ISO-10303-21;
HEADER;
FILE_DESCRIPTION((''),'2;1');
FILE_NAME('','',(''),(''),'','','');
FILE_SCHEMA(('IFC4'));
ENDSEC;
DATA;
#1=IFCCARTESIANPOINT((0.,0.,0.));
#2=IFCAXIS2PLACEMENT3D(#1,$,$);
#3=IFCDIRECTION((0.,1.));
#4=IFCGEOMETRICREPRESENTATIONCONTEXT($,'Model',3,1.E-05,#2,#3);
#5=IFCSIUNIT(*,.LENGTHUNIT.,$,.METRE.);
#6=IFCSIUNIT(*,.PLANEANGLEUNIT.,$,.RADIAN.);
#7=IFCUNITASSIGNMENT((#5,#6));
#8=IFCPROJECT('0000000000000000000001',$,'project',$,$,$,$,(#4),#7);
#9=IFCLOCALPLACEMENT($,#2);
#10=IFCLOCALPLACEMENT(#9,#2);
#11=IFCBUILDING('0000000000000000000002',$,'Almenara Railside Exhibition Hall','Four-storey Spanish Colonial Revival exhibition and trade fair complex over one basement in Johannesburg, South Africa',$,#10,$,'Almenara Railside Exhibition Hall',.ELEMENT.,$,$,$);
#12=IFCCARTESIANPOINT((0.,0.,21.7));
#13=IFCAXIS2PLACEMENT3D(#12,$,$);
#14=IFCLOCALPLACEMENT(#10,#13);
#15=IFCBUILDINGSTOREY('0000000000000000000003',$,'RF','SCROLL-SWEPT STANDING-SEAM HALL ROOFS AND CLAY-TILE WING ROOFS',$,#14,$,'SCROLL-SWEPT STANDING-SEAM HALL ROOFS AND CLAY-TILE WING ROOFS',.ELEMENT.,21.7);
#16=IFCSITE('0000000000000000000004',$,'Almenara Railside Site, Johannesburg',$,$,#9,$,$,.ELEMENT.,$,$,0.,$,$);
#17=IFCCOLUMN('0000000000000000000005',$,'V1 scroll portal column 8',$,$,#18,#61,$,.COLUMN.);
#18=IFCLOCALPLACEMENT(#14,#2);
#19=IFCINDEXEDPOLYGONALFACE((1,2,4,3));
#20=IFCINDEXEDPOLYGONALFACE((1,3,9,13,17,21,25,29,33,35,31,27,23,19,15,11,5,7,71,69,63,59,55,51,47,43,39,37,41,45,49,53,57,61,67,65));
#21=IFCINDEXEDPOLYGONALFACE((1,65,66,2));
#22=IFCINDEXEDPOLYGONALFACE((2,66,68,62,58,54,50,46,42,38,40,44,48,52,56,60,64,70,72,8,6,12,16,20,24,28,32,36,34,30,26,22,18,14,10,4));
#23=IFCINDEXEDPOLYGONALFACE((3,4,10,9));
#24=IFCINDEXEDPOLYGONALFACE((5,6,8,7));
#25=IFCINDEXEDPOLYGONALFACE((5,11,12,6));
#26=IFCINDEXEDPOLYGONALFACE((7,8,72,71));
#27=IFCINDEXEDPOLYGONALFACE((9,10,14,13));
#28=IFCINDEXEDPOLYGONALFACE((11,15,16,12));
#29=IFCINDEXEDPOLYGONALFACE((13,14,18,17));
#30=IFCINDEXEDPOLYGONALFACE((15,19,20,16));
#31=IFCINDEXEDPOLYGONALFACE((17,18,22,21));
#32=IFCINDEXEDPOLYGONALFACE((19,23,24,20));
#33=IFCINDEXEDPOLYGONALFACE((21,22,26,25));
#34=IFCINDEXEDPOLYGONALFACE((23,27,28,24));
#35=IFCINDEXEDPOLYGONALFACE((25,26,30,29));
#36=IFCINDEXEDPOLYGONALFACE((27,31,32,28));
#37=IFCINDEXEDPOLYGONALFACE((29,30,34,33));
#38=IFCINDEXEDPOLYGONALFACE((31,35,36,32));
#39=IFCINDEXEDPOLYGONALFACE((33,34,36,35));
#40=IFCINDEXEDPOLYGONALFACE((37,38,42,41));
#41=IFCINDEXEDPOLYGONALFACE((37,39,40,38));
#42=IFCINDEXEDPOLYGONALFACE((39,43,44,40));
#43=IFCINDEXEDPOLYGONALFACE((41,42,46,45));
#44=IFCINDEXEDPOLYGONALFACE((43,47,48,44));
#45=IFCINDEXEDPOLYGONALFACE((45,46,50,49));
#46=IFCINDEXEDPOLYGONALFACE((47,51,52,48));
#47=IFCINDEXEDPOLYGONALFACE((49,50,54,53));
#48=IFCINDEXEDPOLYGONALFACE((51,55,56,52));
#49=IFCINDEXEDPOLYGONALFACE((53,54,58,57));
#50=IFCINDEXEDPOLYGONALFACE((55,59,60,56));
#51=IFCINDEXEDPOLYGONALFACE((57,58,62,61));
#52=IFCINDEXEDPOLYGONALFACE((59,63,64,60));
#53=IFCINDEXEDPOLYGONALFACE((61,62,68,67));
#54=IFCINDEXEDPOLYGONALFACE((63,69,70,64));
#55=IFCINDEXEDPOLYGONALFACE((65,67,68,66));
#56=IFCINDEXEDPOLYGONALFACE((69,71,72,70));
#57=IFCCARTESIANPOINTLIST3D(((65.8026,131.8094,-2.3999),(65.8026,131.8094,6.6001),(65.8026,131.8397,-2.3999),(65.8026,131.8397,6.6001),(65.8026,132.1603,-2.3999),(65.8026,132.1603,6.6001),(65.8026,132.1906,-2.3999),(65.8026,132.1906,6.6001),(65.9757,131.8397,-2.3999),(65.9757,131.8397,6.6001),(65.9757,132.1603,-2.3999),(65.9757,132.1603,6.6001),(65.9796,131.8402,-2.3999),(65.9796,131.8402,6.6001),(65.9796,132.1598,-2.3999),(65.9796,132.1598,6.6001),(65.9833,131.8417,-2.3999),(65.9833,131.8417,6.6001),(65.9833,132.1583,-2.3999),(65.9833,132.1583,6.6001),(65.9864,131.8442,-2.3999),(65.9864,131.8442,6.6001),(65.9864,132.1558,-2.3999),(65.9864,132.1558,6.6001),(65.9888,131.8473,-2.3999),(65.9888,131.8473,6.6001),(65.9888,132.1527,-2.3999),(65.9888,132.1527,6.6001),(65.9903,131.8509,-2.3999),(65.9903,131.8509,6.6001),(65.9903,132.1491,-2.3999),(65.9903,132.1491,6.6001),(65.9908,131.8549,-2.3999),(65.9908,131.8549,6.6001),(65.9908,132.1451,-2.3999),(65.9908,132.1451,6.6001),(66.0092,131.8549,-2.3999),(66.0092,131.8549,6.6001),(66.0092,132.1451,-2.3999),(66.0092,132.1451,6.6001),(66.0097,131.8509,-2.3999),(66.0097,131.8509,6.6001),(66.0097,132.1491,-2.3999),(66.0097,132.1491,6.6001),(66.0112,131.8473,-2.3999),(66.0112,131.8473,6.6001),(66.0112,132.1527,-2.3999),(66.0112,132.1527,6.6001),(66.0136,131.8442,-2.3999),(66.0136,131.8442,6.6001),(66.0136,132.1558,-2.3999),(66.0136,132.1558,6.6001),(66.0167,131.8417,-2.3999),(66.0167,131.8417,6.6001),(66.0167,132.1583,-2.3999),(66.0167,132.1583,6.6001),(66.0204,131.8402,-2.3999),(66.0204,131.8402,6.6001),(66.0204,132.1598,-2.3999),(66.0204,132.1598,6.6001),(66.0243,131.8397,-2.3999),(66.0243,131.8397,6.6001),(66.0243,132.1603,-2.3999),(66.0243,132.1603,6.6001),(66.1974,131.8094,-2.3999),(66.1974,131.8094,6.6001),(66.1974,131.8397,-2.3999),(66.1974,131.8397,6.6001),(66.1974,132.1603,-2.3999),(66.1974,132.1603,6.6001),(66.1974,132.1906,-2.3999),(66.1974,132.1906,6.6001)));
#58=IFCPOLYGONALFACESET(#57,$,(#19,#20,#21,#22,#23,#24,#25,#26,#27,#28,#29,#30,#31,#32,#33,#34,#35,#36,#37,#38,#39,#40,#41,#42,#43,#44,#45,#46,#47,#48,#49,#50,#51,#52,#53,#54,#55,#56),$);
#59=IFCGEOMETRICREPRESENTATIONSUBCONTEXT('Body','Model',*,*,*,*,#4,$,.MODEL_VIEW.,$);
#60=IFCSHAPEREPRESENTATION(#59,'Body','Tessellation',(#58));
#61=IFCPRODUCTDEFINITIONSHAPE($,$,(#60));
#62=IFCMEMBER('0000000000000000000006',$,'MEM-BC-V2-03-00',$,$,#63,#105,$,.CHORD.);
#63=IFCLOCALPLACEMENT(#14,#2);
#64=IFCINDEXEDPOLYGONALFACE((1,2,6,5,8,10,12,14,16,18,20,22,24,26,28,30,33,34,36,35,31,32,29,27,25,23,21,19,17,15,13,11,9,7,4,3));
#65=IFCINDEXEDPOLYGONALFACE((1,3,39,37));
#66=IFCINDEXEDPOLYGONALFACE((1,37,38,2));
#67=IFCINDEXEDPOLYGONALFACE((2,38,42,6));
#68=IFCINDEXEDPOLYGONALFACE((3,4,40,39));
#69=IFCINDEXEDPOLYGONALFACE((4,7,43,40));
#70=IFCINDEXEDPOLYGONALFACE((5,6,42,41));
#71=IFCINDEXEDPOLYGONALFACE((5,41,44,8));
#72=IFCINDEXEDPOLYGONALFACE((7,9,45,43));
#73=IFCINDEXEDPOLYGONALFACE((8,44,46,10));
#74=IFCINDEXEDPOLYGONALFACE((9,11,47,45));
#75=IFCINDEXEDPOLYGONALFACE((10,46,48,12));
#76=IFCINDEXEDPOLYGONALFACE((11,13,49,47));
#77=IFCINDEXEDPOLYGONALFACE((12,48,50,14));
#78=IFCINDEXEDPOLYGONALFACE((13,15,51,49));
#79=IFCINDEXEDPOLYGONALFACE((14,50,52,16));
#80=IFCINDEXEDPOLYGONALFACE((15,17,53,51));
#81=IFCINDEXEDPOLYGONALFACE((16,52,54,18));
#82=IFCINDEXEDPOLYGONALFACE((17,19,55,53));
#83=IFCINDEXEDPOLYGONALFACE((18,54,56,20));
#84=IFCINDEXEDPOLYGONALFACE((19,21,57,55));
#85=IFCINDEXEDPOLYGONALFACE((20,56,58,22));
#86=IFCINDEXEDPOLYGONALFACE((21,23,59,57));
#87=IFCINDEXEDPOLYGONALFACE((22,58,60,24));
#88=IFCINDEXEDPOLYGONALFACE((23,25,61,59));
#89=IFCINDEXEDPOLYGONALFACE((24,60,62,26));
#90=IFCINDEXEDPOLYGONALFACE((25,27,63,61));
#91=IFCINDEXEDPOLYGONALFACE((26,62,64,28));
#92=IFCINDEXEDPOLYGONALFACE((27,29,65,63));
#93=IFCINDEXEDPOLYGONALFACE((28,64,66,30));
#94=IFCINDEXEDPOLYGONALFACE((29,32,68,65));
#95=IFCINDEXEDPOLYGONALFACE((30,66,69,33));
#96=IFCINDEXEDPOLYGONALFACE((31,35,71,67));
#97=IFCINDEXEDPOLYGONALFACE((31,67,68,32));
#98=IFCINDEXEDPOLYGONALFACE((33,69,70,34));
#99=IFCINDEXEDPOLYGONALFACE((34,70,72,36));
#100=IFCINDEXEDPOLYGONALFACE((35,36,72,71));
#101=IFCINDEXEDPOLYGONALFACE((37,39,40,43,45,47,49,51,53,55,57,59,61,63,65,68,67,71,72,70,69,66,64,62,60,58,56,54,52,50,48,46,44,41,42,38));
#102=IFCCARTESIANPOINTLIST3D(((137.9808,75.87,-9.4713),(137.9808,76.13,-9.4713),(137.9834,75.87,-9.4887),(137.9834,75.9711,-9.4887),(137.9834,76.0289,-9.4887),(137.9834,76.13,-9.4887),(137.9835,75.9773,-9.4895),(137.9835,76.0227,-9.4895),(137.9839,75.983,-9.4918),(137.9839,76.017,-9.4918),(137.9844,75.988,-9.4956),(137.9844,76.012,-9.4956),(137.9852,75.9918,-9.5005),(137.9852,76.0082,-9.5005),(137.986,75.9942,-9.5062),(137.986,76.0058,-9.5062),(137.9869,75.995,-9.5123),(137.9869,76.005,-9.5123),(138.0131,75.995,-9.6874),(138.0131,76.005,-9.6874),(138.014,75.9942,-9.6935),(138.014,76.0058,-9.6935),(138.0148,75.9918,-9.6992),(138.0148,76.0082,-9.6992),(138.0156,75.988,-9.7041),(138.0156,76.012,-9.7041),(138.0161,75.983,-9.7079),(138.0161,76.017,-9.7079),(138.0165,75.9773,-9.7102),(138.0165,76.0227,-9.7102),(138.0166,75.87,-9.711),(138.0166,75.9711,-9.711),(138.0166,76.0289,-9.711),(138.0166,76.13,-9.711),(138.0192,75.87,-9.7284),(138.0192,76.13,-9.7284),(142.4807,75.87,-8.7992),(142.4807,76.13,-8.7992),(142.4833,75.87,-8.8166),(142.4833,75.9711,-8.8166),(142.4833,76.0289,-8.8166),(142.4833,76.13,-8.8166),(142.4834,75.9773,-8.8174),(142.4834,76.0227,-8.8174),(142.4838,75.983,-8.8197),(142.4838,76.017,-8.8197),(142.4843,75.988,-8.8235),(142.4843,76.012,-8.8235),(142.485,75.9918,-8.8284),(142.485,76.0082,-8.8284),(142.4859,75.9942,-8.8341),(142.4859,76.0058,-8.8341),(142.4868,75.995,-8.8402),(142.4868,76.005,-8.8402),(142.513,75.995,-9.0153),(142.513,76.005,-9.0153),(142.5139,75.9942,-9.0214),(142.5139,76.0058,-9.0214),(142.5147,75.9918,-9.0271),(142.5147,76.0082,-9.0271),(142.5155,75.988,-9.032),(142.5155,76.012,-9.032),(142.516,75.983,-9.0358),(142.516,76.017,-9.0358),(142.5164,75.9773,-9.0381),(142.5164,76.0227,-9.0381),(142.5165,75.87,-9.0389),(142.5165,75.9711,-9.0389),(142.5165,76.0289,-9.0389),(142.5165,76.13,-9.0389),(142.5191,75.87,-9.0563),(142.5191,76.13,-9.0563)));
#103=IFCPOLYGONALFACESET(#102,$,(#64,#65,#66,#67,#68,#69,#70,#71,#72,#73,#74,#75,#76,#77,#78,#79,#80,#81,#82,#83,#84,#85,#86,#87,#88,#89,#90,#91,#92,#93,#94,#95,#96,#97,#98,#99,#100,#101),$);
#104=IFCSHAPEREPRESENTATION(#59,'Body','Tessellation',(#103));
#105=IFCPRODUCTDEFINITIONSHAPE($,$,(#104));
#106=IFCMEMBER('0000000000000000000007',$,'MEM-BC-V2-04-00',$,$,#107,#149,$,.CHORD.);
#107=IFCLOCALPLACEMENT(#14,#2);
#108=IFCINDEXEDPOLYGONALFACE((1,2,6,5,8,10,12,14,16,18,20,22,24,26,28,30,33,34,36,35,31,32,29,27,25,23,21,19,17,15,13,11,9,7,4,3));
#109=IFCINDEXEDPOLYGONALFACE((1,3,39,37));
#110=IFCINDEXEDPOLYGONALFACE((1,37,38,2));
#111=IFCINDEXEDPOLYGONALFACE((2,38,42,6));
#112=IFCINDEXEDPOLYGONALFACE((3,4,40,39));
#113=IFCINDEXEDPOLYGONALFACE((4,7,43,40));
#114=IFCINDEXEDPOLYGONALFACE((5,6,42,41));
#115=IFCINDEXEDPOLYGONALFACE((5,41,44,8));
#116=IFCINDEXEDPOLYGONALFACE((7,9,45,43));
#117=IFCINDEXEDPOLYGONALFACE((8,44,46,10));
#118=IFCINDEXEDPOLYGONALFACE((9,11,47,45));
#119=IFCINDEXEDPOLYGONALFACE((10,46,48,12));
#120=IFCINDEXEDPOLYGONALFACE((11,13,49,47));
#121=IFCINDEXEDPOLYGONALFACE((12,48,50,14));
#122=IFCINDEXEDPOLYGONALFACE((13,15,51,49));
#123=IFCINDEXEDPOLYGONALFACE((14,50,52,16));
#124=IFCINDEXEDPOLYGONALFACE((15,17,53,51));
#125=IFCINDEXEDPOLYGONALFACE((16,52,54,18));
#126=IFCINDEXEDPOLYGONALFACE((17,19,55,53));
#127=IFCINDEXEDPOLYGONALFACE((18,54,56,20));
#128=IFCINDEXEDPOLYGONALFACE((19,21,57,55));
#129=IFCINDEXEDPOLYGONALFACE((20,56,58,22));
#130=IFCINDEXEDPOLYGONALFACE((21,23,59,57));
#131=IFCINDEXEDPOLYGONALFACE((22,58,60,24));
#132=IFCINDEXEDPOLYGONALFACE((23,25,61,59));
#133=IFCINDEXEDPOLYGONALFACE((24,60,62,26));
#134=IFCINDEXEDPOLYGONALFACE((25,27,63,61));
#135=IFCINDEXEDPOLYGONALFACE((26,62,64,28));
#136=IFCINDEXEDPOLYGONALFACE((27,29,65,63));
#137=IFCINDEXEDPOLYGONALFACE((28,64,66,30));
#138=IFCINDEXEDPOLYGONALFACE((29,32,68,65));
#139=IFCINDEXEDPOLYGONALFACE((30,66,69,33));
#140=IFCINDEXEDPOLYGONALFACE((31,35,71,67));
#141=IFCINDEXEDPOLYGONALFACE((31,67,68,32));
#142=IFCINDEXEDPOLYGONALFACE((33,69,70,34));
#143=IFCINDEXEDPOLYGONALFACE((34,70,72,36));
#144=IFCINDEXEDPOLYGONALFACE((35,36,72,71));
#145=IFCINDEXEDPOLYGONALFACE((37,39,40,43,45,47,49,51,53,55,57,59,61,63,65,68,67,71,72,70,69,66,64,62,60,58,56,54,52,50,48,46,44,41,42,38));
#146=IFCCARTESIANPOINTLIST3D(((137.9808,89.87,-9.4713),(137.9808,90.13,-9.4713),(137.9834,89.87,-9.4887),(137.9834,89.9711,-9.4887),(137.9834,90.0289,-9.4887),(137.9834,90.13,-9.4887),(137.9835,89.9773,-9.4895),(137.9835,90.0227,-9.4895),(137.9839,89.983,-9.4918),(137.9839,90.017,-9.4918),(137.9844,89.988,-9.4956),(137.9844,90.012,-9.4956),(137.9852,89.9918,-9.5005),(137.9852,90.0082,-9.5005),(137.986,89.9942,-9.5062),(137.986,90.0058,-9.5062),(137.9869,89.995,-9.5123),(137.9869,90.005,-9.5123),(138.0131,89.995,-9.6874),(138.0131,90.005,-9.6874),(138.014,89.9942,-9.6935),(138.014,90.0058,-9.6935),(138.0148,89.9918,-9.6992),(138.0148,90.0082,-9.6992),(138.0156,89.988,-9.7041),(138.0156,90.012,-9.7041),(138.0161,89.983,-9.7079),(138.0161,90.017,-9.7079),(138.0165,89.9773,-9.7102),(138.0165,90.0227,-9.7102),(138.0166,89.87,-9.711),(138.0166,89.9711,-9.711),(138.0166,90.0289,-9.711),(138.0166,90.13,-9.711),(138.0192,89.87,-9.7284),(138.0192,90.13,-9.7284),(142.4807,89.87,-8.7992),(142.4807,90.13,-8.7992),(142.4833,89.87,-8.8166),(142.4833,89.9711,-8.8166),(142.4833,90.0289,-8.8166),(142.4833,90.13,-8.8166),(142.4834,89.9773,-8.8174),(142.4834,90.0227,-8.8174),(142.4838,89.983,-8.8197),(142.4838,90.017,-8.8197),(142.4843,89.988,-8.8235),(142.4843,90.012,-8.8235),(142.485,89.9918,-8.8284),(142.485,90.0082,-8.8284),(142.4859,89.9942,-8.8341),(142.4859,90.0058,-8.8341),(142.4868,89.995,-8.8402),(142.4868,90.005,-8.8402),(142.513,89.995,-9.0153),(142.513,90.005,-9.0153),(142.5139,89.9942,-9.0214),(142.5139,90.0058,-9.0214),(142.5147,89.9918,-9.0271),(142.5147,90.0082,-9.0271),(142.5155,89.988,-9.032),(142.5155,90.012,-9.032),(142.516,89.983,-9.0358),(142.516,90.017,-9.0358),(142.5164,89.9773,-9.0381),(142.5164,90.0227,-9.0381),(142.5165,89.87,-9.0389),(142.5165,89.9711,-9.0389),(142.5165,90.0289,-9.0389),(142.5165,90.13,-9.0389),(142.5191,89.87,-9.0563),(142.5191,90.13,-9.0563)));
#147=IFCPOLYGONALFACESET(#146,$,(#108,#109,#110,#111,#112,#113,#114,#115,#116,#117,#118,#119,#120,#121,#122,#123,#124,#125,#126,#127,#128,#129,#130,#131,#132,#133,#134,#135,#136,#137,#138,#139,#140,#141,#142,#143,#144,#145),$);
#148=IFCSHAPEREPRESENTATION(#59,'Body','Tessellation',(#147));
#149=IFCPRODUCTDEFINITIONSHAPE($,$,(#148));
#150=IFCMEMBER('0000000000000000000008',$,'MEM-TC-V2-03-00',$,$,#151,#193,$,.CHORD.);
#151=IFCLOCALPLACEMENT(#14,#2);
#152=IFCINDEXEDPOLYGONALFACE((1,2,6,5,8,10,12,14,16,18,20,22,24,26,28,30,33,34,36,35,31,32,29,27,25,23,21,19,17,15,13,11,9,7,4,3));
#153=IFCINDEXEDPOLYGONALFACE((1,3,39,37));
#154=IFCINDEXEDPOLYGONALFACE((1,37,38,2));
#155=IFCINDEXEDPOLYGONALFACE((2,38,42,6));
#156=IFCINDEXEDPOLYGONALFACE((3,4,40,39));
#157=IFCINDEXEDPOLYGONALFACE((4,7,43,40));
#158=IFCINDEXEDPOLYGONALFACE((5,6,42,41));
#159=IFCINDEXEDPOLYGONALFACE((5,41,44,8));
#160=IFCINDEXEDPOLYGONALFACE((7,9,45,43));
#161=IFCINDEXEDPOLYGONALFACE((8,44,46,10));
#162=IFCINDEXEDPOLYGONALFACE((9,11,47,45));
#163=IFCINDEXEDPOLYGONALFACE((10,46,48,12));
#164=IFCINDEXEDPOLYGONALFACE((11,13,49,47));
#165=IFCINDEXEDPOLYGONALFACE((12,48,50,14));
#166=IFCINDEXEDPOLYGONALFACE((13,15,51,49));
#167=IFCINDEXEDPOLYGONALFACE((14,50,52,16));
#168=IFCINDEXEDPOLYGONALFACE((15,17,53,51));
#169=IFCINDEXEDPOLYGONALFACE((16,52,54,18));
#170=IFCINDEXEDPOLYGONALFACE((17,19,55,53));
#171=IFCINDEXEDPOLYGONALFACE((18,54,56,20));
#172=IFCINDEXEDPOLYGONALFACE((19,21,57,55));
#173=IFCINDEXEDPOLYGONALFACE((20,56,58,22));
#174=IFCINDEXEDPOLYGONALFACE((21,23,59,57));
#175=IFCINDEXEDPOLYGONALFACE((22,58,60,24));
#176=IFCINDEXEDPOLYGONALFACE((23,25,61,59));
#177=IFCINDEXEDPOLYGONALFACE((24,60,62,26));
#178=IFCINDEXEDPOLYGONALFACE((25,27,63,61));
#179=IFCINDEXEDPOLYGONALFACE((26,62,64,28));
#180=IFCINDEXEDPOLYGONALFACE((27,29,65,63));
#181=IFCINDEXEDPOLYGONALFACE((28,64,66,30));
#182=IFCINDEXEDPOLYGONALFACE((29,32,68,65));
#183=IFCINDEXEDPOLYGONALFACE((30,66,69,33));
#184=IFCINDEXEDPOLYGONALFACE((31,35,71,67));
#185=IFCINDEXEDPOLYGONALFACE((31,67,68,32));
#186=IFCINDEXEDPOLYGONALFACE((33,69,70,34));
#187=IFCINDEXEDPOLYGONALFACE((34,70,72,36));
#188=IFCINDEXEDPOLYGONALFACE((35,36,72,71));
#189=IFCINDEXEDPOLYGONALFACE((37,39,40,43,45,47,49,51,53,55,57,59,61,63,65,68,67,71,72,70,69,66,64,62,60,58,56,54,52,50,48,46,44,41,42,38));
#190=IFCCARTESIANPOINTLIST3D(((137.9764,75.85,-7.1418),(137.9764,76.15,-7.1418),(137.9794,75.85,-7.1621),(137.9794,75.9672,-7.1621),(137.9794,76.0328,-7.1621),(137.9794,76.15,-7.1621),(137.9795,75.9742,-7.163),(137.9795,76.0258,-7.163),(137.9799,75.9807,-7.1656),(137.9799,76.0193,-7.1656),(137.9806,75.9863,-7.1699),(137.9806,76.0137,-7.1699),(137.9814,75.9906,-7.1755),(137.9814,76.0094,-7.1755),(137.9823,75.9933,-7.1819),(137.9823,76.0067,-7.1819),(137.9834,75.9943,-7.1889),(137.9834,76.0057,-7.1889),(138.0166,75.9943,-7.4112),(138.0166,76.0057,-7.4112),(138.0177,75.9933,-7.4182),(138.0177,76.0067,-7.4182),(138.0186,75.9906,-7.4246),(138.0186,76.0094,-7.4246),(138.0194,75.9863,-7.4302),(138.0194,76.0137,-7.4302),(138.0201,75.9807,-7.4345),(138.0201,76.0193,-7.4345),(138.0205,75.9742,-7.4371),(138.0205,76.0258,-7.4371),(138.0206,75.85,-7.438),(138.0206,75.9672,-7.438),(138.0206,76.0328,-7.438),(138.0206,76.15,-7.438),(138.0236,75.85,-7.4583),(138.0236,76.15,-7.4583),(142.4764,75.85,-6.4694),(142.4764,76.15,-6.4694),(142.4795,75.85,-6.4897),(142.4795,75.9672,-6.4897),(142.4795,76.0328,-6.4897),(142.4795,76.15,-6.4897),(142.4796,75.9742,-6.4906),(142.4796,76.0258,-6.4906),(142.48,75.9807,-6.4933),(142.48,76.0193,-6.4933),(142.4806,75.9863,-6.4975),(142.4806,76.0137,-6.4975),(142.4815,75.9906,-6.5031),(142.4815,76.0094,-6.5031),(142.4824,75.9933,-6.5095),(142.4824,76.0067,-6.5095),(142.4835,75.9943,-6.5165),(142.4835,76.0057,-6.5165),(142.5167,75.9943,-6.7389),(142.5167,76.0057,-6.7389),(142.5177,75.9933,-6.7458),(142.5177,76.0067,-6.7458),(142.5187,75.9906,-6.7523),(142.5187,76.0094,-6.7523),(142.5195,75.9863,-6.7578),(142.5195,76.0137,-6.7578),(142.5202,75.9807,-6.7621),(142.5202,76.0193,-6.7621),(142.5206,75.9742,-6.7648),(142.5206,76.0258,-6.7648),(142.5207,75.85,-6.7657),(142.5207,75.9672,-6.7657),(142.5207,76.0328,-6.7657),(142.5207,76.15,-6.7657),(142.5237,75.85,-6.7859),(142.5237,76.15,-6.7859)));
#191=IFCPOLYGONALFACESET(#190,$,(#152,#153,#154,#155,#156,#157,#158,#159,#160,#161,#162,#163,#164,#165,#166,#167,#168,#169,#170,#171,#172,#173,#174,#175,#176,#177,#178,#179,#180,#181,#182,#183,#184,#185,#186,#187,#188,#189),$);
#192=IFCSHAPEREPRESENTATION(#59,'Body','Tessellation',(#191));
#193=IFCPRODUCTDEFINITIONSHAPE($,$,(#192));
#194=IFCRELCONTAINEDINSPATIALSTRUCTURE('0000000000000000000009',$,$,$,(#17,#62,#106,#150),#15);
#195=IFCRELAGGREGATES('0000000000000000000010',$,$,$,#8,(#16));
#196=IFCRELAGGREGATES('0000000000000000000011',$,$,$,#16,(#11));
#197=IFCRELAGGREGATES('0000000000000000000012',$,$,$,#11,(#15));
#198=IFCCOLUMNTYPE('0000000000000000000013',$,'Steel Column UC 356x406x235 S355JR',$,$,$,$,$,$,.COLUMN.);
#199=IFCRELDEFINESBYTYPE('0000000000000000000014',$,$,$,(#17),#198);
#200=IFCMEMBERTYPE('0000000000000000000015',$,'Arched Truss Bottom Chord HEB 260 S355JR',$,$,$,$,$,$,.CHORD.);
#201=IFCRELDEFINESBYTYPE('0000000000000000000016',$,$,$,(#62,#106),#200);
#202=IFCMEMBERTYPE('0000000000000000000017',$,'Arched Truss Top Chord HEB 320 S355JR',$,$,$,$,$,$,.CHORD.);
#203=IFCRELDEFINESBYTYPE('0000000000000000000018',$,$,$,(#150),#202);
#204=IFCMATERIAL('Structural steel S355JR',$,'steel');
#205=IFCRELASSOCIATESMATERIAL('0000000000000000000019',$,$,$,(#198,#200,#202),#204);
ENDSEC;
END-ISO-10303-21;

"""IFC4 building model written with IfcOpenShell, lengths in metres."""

from ifc_helpers import new_model, si_unit, direction, frame, origin, origin_2d, place, context, subcontext, project, spatial, i_section, extrude, material, material_profile, profile_set, type_object, element, save


model = new_model("IFC4")

# Units and contexts
model_context = context("Model", 3, precision=1e-05, world=origin(), true_north=direction((0.0, 1.0)))
body_context = subcontext(model_context, "Body", "Model", "MODEL_VIEW")
ifc_project = project(units=[si_unit("LENGTHUNIT", "METRE"), si_unit("PLANEANGLEUNIT", "RADIAN")], contexts=[model_context])

# Site, building, storey
site_placement = place(None, origin())
site = spatial("IfcSite", under=ifc_project, at=site_placement, Name="Almenara Railside Site, Johannesburg", CompositionType="ELEMENT", RefElevation=0.0)
building_placement = place(site_placement, origin())
building = spatial("IfcBuilding", under=site, at=building_placement, Name="Almenara Railside Exhibition Hall", Description="Four-storey Spanish Colonial Revival exhibition and trade fair complex over one basement in Johannesburg, South Africa", LongName="Almenara Railside Exhibition Hall", CompositionType="ELEMENT")
storey_placement = place(building_placement, frame((0.0, 0.0, 21.7)))
storey = spatial("IfcBuildingStorey", under=building, at=storey_placement, Name="RF", Description="SCROLL-SWEPT STANDING-SEAM HALL ROOFS AND CLAY-TILE WING ROOFS", LongName="SCROLL-SWEPT STANDING-SEAM HALL ROOFS AND CLAY-TILE WING ROOFS", CompositionType="ELEMENT", Elevation=21.7)

# Column
ifc_material_1 = material(Name="Structural steel S355JR", Category="steel")
ifc_material_profile_1 = material_profile(ifc_material_1, i_section(OverallWidth=0.3948, OverallDepth=0.3811, WebThickness=0.0183, FlangeThickness=0.0303, FilletRadius=0.0151, at=origin_2d()), Name="UC 356x406x235")
ifc_profile_set_1 = profile_set([ifc_material_profile_1], Name="Structural steel S355JR")
column_type = type_object("IfcColumnType", Name="Steel Column UC 356x406x235 S355JR", PredefinedType="COLUMN", material=ifc_profile_set_1)
column_placement = place(storey_placement, frame((66.0, 132.0, -2.3999), z_axis=(0.0, 0.0, 1.0), x_axis=(1.0, 0.0, 0.0)))
element("IfcColumn", 1, at=column_placement, inside=storey, type_object=column_type, Name="V1 scroll portal column 8", PredefinedType="COLUMN", context=body_context, shape_type="SweptSolid", body=[
    extrude(i_section(OverallWidth=0.3948, OverallDepth=0.3811, WebThickness=0.0183, FlangeThickness=0.0303, FilletRadius=0.0151, at=origin_2d()), origin(), (0.0, 0.0, 1.0), 9.0),
])

# Members
ifc_material_profile_2 = material_profile(ifc_material_1, i_section(OverallWidth=0.26, OverallDepth=0.26, WebThickness=0.01, FlangeThickness=0.0176, FilletRadius=0.0239, at=origin_2d()), Name="HEB 260")
ifc_profile_set_2 = profile_set([ifc_material_profile_2], Name="Structural steel S355JR")
member_type_1 = type_object("IfcMemberType", Name="Arched Truss Bottom Chord HEB 260 S355JR", PredefinedType="CHORD", material=ifc_profile_set_2)
for number, where, z_axis, x_axis, name in (
    (2, (138.0, 76.0, -9.5999), (0.989029, 0.0, 0.147721), (0.0, 1.0, 0.0), "MEM-BC-V2-03-00"),
    (3, (138.0, 90.0, -9.5999), (0.989029, 0.0, 0.147721), (0.0, 1.0, 0.0), "MEM-BC-V2-04-00"),
):
    element("IfcMember", number, at=place(storey_placement, frame(where, z_axis=z_axis, x_axis=x_axis)), inside=storey, type_object=member_type_1, Name=name, PredefinedType="CHORD", context=body_context, shape_type="SweptSolid", body=[
        extrude(i_section(OverallWidth=0.26, OverallDepth=0.26, WebThickness=0.01, FlangeThickness=0.0176, FilletRadius=0.0239, at=origin_2d()), origin(), (0.0, 0.0, 1.0), 4.5498),
    ])
ifc_material_profile_3 = material_profile(ifc_material_1, i_section(OverallWidth=0.3, OverallDepth=0.3201, WebThickness=0.0115, FlangeThickness=0.0205, FilletRadius=0.0271, at=origin_2d()), Name="HEB 320")
ifc_profile_set_3 = profile_set([ifc_material_profile_3], Name="Structural steel S355JR")
member_type_2 = type_object("IfcMemberType", Name="Arched Truss Top Chord HEB 320 S355JR", PredefinedType="CHORD", material=ifc_profile_set_3)
for number, where, z_axis, x_axis, name in (
    (4, (138.0, 76.0, -7.3), (0.989021, 0.0, 0.147774), (0.0, 1.0, 0.0), "MEM-TC-V2-03-00"),
):
    element("IfcMember", number, at=place(storey_placement, frame(where, z_axis=z_axis, x_axis=x_axis)), inside=storey, type_object=member_type_2, Name=name, PredefinedType="CHORD", context=body_context, shape_type="SweptSolid", body=[
        extrude(i_section(OverallWidth=0.3, OverallDepth=0.3201, WebThickness=0.0115, FlangeThickness=0.0205, FilletRadius=0.0271, at=origin_2d()), origin(), (0.0, 0.0, 1.0), 4.55),
    ])

save(model, "model.ifc")
